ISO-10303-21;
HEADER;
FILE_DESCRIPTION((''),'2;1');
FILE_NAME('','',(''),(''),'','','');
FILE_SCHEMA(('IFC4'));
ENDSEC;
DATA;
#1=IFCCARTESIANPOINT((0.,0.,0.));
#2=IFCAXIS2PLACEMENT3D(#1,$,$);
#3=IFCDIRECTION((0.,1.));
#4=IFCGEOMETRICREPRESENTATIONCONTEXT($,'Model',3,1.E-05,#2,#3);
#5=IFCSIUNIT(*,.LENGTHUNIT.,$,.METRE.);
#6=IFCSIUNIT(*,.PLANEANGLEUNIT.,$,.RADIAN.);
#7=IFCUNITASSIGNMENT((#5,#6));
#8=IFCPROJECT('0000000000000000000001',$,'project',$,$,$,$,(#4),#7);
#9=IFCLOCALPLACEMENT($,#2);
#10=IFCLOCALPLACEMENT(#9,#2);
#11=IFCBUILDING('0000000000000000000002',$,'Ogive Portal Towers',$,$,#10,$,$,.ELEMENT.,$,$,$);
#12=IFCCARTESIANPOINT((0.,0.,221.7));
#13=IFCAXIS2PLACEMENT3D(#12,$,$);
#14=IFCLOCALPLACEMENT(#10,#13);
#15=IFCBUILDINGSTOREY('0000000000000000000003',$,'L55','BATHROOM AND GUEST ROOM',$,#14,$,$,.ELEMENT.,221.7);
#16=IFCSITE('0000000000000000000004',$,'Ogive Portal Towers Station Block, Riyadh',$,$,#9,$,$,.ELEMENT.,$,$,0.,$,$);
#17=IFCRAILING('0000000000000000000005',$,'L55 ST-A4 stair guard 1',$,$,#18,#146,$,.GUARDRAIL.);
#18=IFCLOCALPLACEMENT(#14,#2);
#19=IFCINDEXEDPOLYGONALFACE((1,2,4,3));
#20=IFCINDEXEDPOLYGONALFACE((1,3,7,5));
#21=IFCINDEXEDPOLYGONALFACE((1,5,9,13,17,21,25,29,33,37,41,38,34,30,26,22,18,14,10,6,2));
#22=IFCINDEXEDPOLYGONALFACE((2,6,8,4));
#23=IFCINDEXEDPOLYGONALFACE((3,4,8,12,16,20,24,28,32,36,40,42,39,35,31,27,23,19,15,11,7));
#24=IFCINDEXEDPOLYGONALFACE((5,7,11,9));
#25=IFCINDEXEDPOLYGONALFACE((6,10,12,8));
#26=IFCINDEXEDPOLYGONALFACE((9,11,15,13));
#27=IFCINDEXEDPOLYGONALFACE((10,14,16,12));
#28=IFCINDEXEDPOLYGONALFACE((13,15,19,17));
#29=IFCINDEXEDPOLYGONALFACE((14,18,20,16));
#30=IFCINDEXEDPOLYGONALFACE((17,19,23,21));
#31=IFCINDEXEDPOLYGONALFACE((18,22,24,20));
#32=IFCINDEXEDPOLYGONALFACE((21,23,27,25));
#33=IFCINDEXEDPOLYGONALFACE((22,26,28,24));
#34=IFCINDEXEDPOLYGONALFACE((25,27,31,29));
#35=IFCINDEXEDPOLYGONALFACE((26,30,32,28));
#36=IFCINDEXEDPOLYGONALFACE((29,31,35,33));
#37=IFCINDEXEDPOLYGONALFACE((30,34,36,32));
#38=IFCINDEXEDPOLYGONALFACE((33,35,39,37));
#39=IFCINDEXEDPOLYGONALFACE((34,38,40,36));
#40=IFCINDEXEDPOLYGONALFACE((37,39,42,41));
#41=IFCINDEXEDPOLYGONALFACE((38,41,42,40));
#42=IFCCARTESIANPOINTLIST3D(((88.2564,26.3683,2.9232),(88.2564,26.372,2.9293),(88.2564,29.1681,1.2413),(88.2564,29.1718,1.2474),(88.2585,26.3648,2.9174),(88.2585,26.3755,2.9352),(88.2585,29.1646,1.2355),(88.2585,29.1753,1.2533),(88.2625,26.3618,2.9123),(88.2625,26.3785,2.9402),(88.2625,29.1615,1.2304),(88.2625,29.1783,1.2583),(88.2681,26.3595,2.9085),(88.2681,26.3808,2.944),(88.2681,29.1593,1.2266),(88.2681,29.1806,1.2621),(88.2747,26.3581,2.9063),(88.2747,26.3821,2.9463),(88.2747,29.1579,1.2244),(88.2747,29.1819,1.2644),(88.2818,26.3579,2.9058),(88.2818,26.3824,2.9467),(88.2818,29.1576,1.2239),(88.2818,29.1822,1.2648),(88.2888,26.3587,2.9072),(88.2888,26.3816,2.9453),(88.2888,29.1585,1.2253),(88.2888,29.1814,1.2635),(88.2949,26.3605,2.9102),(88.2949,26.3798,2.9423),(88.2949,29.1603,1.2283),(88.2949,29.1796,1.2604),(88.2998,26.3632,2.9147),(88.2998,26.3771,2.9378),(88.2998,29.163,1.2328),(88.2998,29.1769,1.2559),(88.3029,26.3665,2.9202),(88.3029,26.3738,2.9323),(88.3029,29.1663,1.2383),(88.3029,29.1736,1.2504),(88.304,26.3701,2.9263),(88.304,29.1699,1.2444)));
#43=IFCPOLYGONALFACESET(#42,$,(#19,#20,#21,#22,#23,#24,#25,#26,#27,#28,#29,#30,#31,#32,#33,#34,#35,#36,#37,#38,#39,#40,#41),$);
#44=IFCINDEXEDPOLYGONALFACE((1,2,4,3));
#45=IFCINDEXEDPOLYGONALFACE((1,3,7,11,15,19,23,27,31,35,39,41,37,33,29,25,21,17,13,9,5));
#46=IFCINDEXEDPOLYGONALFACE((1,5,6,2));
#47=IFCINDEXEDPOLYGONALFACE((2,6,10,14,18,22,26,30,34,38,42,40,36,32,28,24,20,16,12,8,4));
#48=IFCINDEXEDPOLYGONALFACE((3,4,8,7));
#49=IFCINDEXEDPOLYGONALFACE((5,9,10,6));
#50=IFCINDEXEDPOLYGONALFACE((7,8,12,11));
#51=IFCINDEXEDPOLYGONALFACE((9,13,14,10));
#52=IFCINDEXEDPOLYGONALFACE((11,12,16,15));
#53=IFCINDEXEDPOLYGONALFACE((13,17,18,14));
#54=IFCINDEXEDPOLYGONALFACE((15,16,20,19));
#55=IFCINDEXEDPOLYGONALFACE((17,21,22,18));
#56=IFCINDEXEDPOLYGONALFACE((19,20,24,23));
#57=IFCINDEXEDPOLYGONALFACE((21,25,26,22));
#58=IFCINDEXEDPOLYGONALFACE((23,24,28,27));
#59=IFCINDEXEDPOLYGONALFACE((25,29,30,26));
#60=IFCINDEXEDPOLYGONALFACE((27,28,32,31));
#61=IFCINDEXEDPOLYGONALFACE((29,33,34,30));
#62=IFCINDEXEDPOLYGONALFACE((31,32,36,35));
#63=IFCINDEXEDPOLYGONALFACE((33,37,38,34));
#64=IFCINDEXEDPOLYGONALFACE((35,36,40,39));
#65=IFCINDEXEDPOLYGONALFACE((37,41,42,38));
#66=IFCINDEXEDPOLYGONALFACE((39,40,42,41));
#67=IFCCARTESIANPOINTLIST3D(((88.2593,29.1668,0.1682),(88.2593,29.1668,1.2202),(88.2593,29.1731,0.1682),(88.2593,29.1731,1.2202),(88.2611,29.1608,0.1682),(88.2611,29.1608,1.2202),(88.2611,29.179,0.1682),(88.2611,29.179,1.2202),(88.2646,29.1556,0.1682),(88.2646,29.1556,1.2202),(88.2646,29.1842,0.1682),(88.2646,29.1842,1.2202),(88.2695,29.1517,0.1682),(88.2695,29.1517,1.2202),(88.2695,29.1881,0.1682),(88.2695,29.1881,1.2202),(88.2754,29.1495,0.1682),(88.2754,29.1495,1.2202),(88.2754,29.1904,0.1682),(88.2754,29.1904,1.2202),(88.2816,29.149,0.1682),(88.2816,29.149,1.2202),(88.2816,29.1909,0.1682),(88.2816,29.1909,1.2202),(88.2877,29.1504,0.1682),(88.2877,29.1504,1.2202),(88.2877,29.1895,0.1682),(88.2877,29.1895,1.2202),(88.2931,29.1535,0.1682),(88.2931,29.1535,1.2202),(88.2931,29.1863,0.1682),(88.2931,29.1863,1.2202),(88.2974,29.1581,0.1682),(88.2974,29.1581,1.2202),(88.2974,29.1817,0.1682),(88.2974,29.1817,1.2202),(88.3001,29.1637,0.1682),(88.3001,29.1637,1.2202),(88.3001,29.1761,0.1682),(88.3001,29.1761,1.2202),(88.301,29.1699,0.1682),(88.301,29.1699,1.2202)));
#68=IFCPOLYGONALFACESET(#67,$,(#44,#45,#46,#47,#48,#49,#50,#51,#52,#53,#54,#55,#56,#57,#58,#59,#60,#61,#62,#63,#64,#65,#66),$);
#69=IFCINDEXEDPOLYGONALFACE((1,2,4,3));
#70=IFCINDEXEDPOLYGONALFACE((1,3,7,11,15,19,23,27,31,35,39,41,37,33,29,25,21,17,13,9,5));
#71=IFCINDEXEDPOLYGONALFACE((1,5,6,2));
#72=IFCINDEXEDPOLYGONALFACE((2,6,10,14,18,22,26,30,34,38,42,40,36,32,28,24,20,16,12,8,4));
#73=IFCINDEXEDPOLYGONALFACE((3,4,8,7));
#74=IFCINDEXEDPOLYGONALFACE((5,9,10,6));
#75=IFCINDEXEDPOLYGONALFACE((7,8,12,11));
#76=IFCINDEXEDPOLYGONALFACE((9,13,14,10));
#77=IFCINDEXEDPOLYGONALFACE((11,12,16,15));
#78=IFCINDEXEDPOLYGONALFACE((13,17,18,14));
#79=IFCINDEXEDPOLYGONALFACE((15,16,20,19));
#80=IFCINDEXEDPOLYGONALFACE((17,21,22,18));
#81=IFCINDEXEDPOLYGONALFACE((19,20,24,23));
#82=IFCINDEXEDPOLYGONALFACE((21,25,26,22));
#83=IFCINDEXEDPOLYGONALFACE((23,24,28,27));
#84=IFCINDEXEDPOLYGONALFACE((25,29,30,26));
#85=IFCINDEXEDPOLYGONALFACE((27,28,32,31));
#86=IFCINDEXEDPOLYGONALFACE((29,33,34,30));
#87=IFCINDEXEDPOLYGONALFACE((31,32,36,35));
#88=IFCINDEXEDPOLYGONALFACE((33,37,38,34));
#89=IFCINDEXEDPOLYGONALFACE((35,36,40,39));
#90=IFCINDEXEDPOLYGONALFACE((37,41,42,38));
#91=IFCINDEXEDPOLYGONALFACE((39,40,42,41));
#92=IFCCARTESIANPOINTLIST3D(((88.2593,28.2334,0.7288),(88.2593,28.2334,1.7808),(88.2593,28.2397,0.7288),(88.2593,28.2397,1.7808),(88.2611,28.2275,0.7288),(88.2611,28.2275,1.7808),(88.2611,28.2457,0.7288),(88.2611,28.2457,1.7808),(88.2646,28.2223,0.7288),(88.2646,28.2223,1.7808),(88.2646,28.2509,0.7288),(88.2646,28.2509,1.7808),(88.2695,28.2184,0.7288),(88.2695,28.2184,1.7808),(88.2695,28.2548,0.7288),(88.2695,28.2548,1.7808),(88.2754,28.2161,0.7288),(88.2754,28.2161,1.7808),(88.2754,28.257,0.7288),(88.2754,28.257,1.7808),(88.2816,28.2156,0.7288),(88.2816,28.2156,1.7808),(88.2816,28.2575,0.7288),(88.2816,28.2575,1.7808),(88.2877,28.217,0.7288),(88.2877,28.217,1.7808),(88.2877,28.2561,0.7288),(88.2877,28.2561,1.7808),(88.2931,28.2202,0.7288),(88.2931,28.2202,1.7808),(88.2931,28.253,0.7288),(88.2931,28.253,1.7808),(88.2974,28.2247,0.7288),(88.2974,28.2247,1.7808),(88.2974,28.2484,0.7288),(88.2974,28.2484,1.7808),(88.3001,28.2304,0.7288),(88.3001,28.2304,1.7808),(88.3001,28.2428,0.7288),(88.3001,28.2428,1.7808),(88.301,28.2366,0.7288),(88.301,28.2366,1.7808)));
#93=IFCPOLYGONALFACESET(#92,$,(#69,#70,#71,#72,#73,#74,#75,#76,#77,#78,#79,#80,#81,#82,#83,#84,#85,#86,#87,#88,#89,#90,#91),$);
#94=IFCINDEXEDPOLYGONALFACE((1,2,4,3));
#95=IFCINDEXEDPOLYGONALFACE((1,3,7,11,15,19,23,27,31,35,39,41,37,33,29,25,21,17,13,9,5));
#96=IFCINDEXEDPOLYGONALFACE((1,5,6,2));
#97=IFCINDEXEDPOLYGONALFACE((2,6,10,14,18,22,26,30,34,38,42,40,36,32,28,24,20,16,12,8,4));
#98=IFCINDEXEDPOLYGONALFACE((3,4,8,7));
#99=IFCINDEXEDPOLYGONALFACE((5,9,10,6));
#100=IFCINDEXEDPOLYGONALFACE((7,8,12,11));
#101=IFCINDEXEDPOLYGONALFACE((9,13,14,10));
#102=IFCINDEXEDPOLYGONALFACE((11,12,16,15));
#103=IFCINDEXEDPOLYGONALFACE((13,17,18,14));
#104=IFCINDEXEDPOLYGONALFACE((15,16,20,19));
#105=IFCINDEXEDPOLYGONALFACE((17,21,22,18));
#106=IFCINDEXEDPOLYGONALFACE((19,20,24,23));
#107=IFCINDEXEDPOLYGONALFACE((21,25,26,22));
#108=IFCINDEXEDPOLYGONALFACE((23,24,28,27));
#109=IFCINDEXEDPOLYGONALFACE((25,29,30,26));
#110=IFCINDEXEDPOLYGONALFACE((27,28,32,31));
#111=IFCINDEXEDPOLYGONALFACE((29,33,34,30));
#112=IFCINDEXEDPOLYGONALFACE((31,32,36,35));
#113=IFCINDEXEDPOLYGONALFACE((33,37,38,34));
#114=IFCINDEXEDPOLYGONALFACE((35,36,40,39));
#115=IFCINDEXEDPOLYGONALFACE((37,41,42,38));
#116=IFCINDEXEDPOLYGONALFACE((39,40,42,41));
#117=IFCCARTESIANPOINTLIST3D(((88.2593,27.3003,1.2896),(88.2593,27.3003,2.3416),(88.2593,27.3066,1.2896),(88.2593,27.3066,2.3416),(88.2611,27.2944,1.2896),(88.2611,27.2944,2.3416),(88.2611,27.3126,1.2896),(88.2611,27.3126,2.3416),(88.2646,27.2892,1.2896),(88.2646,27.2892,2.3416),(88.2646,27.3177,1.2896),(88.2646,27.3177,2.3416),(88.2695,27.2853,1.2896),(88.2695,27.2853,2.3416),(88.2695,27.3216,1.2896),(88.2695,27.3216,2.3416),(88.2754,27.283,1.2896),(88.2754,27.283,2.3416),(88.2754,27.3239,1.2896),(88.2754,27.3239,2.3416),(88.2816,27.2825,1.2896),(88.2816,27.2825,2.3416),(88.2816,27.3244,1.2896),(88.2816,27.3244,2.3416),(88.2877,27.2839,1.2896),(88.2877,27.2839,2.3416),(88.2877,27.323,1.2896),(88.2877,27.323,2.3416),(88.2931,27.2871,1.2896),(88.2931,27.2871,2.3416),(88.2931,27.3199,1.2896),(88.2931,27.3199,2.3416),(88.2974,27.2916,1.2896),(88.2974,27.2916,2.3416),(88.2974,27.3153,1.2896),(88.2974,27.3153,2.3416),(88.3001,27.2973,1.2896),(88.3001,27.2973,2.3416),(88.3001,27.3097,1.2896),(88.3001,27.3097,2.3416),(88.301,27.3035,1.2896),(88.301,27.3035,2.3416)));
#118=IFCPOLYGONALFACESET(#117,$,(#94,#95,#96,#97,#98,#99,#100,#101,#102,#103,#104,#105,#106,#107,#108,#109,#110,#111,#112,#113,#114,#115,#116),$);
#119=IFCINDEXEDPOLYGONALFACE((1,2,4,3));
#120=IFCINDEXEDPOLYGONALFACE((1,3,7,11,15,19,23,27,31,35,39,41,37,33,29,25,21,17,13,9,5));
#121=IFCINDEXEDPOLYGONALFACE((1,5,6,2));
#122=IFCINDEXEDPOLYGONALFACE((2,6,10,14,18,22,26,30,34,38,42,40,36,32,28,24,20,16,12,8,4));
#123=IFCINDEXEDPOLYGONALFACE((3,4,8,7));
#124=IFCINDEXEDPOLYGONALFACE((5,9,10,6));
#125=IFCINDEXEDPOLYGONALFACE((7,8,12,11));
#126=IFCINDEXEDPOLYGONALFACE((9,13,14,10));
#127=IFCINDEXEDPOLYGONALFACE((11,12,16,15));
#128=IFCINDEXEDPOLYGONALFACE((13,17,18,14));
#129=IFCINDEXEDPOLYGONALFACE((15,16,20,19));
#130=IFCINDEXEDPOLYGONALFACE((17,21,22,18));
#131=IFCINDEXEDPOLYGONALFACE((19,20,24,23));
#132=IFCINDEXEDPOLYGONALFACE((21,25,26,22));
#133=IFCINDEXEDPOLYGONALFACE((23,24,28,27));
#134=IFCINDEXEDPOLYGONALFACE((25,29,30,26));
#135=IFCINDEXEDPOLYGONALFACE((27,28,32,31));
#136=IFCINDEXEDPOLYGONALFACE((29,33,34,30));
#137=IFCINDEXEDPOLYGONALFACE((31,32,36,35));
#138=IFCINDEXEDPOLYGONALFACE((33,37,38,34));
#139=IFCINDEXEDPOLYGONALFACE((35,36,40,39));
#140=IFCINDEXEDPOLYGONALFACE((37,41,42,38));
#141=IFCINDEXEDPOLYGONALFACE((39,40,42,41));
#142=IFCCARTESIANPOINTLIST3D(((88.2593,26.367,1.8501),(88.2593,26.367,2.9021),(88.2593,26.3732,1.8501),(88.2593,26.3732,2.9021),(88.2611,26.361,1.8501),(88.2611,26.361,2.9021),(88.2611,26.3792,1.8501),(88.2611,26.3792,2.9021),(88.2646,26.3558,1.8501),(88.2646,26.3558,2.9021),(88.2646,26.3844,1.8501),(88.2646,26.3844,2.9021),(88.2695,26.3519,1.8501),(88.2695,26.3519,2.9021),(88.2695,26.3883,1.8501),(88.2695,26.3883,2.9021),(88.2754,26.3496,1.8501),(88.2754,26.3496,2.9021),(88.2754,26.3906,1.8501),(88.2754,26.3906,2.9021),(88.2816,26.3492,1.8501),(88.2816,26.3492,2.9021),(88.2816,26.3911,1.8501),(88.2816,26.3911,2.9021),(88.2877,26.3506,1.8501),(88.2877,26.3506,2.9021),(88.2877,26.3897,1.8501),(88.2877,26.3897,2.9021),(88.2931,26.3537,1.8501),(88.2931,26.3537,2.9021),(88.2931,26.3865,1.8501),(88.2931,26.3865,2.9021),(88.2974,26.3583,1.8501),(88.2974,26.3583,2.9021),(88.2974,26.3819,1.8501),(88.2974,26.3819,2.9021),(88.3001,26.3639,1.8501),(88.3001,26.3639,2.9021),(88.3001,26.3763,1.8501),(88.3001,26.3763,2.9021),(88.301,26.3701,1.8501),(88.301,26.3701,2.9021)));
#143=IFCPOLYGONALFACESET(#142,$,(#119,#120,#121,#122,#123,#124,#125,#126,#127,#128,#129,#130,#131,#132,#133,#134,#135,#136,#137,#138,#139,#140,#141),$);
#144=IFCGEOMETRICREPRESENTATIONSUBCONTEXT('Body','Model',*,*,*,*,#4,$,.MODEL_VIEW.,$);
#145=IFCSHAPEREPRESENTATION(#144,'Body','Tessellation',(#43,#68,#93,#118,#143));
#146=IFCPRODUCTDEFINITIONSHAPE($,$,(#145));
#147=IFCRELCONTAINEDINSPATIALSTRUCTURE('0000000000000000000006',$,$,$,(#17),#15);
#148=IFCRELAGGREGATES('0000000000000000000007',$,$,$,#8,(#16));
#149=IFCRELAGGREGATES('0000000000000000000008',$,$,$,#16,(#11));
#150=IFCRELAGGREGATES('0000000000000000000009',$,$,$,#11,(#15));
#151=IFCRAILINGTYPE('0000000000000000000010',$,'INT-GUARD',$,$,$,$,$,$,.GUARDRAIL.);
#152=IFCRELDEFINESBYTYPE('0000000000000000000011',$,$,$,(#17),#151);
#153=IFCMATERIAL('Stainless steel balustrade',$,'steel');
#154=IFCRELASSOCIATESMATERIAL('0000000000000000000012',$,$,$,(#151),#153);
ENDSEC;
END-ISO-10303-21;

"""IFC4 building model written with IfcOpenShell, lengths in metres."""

from ifc_helpers import new_model, si_unit, direction, frame, origin, origin_2d, place, context, subcontext, project, spatial, circle, extrude, material, type_object, element, save


model = new_model("IFC4")

# Units and contexts
model_context = context("Model", 3, precision=1e-05, world=origin(), true_north=direction((0.0, 1.0)))
body_context = subcontext(model_context, "Body", "Model", "MODEL_VIEW")
ifc_project = project(units=[si_unit("LENGTHUNIT", "METRE"), si_unit("PLANEANGLEUNIT", "RADIAN")], contexts=[model_context])

# Site, building, storey
site_placement = place(None, origin())
site = spatial("IfcSite", under=ifc_project, at=site_placement, Name="Ogive Portal Towers Station Block, Riyadh", CompositionType="ELEMENT", RefElevation=0.0)
building_placement = place(site_placement, origin())
building = spatial("IfcBuilding", under=site, at=building_placement, Name="Ogive Portal Towers", CompositionType="ELEMENT")
storey_placement = place(building_placement, frame((0.0, 0.0, 221.7)))
storey = spatial("IfcBuildingStorey", under=building, at=storey_placement, Name="L55", Description="BATHROOM AND GUEST ROOM", CompositionType="ELEMENT", Elevation=221.7)

# Railing
ifc_material_1 = material(Name="Stainless steel balustrade", Category="steel")
railing_type_1 = type_object("IfcRailingType", Name="INT-GUARD", PredefinedType="GUARDRAIL", material=ifc_material_1)
railing_1_placement = place(storey_placement, frame((88.28, 29.1699, 0.1682)))
element("IfcRailing", 1, at=railing_1_placement, inside=storey, type_object=railing_type_1, Name="L55 ST-A4 stair guard 1", PredefinedType="GUARDRAIL", context=body_context, shape_type="SweptSolid", body=[
    extrude(circle(Radius=0.0239, at=origin_2d()), frame((0.0, 0.0, 1.0762), z_axis=(0.0, -0.857222, 0.514946), x_axis=(1.0, 0.0, 0.0)), (0.0, 0.0, 1.0), 3.2661),
    extrude(circle(Radius=0.021, at=origin_2d()), origin(), (0.0, 0.0, 1.0), 1.052),
    extrude(circle(Radius=0.021, at=origin_2d()), frame((0.0, -0.9333, 0.5605)), (0.0, 0.0, 1.0), 1.052),
    extrude(circle(Radius=0.021, at=origin_2d()), frame((0.0, -1.8665, 1.1213)), (0.0, 0.0, 1.0), 1.052),
    extrude(circle(Radius=0.021, at=origin_2d()), frame((0.0, -2.7998, 1.6819)), (0.0, 0.0, 1.0), 1.052),
])

save(model, "model.ifc")
